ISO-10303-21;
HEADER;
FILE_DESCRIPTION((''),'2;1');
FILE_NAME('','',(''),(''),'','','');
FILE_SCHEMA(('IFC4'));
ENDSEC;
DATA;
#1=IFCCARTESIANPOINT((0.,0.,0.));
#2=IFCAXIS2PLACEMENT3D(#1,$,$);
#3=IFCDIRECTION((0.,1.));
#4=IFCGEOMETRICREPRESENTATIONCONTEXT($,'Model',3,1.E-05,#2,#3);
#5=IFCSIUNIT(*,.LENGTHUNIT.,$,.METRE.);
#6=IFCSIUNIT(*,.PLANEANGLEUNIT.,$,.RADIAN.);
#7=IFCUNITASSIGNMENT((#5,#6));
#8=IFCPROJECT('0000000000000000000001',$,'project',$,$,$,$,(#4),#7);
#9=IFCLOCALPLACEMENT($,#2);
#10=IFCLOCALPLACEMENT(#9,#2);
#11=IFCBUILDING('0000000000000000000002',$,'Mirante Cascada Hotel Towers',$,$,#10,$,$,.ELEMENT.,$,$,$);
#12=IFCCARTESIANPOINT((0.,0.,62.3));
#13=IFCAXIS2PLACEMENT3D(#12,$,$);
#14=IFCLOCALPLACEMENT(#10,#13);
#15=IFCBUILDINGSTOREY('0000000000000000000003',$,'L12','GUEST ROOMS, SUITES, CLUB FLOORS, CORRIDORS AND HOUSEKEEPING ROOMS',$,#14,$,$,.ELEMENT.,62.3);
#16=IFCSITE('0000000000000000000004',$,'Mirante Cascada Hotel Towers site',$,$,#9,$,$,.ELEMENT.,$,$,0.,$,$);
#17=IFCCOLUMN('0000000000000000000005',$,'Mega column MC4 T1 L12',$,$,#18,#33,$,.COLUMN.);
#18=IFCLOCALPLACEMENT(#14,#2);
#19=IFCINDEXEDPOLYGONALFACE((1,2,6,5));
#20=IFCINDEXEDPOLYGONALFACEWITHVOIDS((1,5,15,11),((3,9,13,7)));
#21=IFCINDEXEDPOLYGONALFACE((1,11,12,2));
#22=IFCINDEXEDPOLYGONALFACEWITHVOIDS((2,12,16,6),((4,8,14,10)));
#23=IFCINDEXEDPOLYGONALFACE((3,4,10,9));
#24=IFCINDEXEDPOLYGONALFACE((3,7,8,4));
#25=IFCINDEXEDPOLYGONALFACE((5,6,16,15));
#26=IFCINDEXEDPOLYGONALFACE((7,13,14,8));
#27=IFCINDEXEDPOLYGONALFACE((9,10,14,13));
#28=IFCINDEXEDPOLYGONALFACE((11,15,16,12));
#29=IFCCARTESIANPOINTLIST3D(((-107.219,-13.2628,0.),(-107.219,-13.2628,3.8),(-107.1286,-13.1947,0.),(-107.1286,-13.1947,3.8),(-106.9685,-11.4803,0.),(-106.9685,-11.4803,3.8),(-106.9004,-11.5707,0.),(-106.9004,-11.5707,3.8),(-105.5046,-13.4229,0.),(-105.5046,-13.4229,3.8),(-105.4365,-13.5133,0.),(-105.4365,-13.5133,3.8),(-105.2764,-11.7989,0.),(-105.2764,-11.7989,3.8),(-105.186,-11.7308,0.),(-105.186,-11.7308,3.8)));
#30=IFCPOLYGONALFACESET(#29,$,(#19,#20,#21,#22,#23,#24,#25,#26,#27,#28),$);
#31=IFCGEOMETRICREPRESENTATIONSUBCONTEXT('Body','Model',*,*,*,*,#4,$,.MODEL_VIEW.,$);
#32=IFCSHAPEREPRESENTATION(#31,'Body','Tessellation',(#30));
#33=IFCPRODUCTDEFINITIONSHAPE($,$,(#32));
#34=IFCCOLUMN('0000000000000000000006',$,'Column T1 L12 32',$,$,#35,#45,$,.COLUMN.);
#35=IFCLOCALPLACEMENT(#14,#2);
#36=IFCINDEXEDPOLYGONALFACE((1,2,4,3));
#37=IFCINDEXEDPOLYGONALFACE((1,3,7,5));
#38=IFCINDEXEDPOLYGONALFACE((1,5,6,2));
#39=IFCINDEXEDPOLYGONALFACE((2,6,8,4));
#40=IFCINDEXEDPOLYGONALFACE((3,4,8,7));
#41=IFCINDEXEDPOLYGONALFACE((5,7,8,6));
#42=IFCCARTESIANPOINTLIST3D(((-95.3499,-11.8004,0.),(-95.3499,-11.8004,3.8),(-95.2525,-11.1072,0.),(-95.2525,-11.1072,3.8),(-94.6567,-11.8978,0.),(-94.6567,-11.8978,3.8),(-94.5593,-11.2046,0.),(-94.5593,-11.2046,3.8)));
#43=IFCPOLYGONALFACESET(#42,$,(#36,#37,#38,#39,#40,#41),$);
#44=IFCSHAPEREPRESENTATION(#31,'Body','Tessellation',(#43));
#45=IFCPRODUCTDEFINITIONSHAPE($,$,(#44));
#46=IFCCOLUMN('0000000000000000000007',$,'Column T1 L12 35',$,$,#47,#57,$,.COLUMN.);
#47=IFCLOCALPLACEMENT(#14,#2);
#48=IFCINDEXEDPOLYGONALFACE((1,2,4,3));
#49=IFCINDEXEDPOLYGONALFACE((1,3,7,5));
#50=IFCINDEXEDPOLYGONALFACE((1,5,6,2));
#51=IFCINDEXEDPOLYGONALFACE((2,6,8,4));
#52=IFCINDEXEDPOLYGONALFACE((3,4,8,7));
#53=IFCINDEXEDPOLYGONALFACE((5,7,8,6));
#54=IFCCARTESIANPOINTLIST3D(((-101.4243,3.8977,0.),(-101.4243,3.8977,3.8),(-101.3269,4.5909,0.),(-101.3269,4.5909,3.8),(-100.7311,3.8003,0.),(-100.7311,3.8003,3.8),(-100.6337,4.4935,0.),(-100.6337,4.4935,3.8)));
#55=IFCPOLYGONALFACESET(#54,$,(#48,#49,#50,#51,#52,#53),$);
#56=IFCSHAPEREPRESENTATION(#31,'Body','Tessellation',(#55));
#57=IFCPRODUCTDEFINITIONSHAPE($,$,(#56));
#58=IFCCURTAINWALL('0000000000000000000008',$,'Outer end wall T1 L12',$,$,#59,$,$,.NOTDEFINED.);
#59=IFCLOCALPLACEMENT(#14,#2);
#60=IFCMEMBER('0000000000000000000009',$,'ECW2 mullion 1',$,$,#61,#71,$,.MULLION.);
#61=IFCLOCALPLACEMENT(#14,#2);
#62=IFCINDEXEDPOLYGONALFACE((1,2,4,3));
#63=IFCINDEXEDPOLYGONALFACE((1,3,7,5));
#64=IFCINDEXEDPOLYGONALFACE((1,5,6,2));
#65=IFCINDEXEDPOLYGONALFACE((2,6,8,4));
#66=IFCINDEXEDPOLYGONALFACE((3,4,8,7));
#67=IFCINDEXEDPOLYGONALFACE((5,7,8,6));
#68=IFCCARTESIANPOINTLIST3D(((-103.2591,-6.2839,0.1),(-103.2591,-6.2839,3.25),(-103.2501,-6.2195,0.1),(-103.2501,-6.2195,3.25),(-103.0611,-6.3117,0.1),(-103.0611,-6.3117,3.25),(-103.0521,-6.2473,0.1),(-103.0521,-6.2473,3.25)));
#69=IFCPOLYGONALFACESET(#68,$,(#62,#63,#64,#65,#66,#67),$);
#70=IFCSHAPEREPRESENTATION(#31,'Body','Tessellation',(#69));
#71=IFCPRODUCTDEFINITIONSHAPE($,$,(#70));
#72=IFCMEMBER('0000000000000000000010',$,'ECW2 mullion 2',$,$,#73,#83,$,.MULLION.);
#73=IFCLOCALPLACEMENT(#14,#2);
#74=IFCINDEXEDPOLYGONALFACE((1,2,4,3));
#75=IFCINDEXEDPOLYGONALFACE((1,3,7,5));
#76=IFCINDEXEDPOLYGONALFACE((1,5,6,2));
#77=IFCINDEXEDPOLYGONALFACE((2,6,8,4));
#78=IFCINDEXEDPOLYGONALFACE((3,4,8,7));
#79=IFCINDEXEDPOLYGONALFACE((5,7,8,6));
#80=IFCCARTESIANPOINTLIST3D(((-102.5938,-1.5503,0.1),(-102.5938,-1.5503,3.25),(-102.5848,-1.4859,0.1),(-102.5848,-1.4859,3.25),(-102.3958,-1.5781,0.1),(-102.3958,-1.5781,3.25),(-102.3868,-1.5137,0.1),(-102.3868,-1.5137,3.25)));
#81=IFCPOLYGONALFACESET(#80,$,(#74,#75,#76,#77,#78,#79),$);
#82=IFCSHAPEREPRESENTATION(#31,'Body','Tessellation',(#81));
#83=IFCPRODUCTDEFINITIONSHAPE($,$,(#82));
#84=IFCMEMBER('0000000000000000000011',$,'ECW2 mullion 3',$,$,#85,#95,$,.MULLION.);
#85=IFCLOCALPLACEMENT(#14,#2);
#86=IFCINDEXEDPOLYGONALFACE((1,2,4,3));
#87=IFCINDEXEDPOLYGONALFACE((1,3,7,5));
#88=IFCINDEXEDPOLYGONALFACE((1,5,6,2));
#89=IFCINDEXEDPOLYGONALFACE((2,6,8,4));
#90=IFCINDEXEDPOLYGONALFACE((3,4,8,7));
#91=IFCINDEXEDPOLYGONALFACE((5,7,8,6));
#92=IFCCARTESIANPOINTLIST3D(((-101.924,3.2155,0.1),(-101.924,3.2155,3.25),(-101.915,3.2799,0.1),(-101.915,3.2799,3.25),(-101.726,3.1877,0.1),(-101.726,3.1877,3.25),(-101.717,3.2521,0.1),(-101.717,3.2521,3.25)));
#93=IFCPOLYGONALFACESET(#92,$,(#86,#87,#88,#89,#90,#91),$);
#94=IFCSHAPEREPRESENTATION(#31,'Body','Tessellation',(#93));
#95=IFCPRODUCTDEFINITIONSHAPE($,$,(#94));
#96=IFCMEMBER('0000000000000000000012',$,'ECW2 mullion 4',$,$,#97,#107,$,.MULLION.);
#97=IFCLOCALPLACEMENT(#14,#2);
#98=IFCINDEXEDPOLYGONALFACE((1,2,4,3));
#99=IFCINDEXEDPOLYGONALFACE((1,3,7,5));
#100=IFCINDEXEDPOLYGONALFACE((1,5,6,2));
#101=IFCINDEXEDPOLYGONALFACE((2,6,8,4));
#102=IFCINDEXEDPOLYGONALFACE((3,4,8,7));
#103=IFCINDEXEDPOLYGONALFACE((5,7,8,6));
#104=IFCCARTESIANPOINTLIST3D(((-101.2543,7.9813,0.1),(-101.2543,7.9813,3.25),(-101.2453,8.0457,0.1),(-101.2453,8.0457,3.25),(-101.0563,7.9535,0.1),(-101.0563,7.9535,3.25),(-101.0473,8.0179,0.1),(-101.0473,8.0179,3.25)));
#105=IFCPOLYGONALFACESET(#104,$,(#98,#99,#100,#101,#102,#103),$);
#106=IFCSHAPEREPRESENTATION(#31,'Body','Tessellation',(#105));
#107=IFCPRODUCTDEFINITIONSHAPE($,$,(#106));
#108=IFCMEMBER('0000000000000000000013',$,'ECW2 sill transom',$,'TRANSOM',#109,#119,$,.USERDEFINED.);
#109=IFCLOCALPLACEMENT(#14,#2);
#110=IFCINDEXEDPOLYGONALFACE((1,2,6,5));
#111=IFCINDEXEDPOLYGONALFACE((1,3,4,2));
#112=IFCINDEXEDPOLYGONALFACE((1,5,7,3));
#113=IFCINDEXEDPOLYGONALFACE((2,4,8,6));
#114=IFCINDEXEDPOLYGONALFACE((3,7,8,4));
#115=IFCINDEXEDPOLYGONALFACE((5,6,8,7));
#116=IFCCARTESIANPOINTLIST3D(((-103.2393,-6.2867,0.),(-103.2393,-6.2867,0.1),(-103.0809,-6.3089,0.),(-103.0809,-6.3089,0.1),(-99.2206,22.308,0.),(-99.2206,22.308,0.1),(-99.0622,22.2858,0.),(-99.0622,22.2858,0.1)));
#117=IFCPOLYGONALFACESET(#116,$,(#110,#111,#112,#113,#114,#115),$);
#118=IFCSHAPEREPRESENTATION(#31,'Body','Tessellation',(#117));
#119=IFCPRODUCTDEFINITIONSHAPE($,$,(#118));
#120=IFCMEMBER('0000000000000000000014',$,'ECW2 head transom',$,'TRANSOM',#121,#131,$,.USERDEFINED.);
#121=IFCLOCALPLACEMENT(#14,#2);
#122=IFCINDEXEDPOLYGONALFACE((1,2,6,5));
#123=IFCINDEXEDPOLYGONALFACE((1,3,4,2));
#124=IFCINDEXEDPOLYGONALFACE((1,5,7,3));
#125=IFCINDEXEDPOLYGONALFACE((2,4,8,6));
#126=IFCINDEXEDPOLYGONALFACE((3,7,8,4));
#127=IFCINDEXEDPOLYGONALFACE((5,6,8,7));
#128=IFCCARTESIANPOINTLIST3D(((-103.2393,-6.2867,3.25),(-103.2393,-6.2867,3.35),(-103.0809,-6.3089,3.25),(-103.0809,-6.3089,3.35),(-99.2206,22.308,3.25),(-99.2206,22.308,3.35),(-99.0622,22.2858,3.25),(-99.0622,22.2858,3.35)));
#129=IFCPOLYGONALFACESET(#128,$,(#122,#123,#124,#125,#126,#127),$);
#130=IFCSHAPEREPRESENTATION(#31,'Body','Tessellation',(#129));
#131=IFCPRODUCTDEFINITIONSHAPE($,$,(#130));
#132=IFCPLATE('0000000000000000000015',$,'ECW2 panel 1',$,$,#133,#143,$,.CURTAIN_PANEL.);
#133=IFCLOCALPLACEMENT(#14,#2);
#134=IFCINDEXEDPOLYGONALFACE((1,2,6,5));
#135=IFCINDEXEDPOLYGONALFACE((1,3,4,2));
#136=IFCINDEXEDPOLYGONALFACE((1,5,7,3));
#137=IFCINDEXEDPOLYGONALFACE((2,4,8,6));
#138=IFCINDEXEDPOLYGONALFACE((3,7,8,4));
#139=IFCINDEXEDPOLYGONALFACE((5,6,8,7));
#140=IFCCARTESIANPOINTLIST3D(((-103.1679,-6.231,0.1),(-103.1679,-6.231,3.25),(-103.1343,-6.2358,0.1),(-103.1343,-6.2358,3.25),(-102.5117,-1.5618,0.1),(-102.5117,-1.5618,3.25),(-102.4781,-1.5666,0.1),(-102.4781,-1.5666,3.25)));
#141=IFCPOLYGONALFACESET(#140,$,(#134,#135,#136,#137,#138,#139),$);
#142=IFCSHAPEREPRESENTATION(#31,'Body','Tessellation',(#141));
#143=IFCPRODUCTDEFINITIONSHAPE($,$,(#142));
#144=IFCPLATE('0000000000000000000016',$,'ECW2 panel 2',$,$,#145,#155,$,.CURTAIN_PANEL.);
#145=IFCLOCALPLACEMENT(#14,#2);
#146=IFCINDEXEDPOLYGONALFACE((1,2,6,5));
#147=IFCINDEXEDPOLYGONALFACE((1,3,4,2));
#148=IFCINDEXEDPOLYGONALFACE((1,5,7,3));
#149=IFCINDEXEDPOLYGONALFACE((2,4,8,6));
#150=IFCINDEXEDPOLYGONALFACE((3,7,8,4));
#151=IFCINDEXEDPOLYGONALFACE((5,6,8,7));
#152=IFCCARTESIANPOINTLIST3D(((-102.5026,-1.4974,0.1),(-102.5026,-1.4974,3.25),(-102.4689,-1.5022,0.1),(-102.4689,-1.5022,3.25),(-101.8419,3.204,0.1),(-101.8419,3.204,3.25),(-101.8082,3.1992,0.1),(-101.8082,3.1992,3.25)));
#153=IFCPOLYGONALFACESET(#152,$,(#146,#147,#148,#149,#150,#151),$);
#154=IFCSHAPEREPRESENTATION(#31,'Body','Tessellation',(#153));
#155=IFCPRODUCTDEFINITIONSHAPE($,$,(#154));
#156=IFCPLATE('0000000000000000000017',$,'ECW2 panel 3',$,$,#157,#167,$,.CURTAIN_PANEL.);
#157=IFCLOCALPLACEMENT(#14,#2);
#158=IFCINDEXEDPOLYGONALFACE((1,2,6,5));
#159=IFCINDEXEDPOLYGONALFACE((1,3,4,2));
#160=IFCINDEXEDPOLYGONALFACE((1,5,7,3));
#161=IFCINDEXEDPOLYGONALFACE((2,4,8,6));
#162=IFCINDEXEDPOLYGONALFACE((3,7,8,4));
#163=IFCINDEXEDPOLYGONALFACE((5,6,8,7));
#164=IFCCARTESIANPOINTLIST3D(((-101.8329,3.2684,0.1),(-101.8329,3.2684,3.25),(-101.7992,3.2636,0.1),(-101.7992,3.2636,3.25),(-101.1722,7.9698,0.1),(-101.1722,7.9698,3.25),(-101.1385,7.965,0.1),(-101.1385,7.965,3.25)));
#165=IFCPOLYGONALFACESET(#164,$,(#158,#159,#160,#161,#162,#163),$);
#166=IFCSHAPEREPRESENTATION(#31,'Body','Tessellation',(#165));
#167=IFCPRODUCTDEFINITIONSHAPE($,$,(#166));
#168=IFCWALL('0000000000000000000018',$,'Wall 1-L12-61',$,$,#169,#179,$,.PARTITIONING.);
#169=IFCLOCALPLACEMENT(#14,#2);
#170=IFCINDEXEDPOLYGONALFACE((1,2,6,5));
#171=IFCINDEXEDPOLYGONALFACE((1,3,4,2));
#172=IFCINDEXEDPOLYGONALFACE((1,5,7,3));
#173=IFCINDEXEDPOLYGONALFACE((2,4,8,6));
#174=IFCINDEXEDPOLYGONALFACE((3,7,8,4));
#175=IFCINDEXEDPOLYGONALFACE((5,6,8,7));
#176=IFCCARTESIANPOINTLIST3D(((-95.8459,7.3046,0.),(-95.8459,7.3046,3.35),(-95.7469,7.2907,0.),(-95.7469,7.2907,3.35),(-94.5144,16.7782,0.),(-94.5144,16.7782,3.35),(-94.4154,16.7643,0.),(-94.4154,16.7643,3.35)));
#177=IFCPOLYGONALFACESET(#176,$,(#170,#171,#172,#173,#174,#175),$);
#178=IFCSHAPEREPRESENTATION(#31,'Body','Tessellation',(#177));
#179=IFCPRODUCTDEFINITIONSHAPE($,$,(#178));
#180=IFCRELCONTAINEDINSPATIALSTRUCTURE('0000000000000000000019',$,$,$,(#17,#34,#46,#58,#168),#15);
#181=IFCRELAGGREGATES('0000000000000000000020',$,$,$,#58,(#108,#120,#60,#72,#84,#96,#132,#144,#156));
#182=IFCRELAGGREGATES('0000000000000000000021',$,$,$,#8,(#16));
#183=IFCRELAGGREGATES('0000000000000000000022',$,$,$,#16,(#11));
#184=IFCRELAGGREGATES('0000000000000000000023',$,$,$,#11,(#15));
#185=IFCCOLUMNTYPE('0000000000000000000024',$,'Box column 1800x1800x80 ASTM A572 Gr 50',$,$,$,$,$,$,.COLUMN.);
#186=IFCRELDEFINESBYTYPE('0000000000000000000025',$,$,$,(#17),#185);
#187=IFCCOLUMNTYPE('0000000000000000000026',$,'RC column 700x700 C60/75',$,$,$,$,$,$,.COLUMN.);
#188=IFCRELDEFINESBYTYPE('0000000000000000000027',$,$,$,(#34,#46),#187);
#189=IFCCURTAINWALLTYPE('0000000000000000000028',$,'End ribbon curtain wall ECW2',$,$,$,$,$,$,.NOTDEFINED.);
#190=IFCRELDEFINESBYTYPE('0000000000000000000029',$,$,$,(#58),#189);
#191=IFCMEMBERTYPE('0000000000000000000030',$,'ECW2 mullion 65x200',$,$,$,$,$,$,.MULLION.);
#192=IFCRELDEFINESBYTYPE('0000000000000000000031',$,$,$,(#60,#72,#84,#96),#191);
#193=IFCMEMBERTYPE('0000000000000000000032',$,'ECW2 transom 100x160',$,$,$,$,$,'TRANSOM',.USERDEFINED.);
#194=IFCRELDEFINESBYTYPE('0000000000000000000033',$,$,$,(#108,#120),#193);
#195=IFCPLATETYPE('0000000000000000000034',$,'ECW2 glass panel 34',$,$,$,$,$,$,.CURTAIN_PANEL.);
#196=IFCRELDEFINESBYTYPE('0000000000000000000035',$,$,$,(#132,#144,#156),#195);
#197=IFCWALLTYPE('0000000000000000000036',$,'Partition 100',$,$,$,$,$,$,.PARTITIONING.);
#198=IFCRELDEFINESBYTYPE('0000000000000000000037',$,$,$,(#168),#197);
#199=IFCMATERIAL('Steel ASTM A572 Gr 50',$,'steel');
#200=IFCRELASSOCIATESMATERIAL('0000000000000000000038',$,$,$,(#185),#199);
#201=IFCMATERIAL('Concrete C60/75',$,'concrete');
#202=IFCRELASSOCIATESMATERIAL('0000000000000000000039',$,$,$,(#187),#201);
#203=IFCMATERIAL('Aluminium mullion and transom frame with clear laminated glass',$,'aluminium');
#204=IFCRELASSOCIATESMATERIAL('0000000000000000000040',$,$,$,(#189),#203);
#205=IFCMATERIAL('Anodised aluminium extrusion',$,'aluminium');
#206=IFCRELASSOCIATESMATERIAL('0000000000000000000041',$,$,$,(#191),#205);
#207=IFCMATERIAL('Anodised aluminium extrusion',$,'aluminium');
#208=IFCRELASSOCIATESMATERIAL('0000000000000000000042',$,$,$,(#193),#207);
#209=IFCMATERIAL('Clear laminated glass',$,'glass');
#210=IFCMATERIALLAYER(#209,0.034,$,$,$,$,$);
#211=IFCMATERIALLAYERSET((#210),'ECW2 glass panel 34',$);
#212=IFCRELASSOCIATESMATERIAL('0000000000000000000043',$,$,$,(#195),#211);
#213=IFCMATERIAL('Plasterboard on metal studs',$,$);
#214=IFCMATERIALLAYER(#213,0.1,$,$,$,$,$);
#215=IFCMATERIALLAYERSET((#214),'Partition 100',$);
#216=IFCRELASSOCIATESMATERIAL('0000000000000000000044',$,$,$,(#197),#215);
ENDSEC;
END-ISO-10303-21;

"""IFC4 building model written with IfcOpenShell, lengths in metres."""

from ifc_helpers import new_model, si_unit, direction, frame, frame_2d, origin, origin_2d, place, context, subcontext, project, spatial, rectangle, hollow_rectangle, extrude, material, layer, layer_set, material_profile, profile_set, type_object, element, aggregate, save


model = new_model("IFC4")

# Units and contexts
model_context = context("Model", 3, precision=1e-05, world=origin(), true_north=direction((0.0, 1.0)))
body_context = subcontext(model_context, "Body", "Model", "MODEL_VIEW")
ifc_project = project(units=[si_unit("LENGTHUNIT", "METRE"), si_unit("PLANEANGLEUNIT", "RADIAN")], contexts=[model_context])

# Site, building, storey
site_placement = place(None, origin())
site = spatial("IfcSite", under=ifc_project, at=site_placement, Name="Mirante Cascada Hotel Towers site", CompositionType="ELEMENT", RefElevation=0.0)
building_placement = place(site_placement, origin())
building = spatial("IfcBuilding", under=site, at=building_placement, Name="Mirante Cascada Hotel Towers", CompositionType="ELEMENT")
storey_placement = place(building_placement, frame((0.0, 0.0, 62.3)))
storey = spatial("IfcBuildingStorey", under=building, at=storey_placement, Name="L12", Description="GUEST ROOMS, SUITES, CLUB FLOORS, CORRIDORS AND HOUSEKEEPING ROOMS", CompositionType="ELEMENT", Elevation=62.3)

# Columns
ifc_material_1 = material(Name="Steel ASTM A572 Gr 50", Category="steel")
ifc_material_profile_1 = material_profile(ifc_material_1, hollow_rectangle(XDim=1.8, YDim=1.8, WallThickness=0.08, at=origin_2d()), Name="Box column 1800x1800x80 ASTM A572 Gr 50")
ifc_profile_set_1 = profile_set([ifc_material_profile_1], Name="Steel ASTM A572 Gr 50")
column_type_1 = type_object("IfcColumnType", Name="Box column 1800x1800x80 ASTM A572 Gr 50", PredefinedType="COLUMN", material=ifc_profile_set_1)
column_placement = place(storey_placement, frame((-106.2025, -12.4968, 0.0), z_axis=(0.0, 0.0, 1.0), x_axis=(-0.990268, 0.139173, 0.0)))
element("IfcColumn", 1, at=column_placement, inside=storey, type_object=column_type_1, Name="Mega column MC4 T1 L12", PredefinedType="COLUMN", context=body_context, shape_type="SweptSolid", body=[
    extrude(hollow_rectangle(XDim=1.8, YDim=1.8, WallThickness=0.08, at=origin_2d()), origin(), (0.0, 0.0, 1.0), 3.8),
])
ifc_material_2 = material(Name="Concrete C60/75", Category="concrete")
ifc_material_profile_2 = material_profile(ifc_material_2, rectangle(XDim=0.7, YDim=0.7, at=origin_2d()), Name="RC column 700x700 C60/75")
ifc_profile_set_2 = profile_set([ifc_material_profile_2], Name="Concrete C60/75")
column_type_2 = type_object("IfcColumnType", Name="RC column 700x700 C60/75", PredefinedType="COLUMN", material=ifc_profile_set_2)
for number, where, z_axis, x_axis, name in (
    (2, (-94.9546, -11.5025, 0.0), (0.0, 0.0, 1.0), (-0.990268, 0.139173, 0.0), "Column T1 L12 32"),
    (3, (-101.029, 4.1956, 0.0), (0.0, 0.0, 1.0), (-0.990268, 0.139173, 0.0), "Column T1 L12 35"),
):
    element("IfcColumn", number, at=place(storey_placement, frame(where, z_axis=z_axis, x_axis=x_axis)), inside=storey, type_object=column_type_2, Name=name, PredefinedType="COLUMN", context=body_context, shape_type="SweptSolid", body=[
        extrude(rectangle(XDim=0.7, YDim=0.7, at=origin_2d()), origin(), (0.0, 0.0, 1.0), 3.8),
    ])

# Curtain wall, members, plates
ifc_material_3 = material(Name="Aluminium mullion and transom frame with clear laminated glass", Category="aluminium")
curtain_wall_type = type_object("IfcCurtainWallType", Name="End ribbon curtain wall ECW2", PredefinedType="NOTDEFINED", material=ifc_material_3)
curtain_wall_placement = place(storey_placement, origin())
curtain_wall = element("IfcCurtainWall", 4, at=curtain_wall_placement, inside=storey, type_object=curtain_wall_type, Name="Outer end wall T1 L12", PredefinedType="NOTDEFINED")
ifc_material_4 = material(Name="Anodised aluminium extrusion", Category="aluminium")
ifc_material_profile_3 = material_profile(ifc_material_4, rectangle(XDim=0.2, YDim=0.065, at=origin_2d()), Name="ECW2 MULLION 65x200")
ifc_profile_set_3 = profile_set([ifc_material_profile_3], Name="Anodised aluminium extrusion")
member_type_1 = type_object("IfcMemberType", Name="ECW2 mullion 65x200", PredefinedType="MULLION", material=ifc_profile_set_3)
member_1_placement = place(storey_placement, frame((-103.1556, -6.2656, 0.1), z_axis=(0.0, 0.0, 1.0), x_axis=(-0.990268, 0.139173, 0.0)))
member_1 = element("IfcMember", 5, at=member_1_placement, type_object=member_type_1, Name="ECW2 mullion 1", PredefinedType="MULLION", context=body_context, shape_type="SweptSolid", body=[
    extrude(rectangle(XDim=0.2, YDim=0.065, at=origin_2d()), origin(), (0.0, 0.0, 1.0), 3.15),
])
member_2_placement = place(storey_placement, frame((-102.4903, -1.532, 0.1), z_axis=(0.0, 0.0, 1.0), x_axis=(-0.990268, 0.139173, 0.0)))
member_2 = element("IfcMember", 6, at=member_2_placement, type_object=member_type_1, Name="ECW2 mullion 2", PredefinedType="MULLION", context=body_context, shape_type="SweptSolid", body=[
    extrude(rectangle(XDim=0.2, YDim=0.065, at=origin_2d()), origin(), (0.0, 0.0, 1.0), 3.15),
])
member_3_placement = place(storey_placement, frame((-101.8205, 3.2338, 0.1), z_axis=(0.0, 0.0, 1.0), x_axis=(-0.990268, 0.139173, 0.0)))
member_3 = element("IfcMember", 7, at=member_3_placement, type_object=member_type_1, Name="ECW2 mullion 3", PredefinedType="MULLION", context=body_context, shape_type="SweptSolid", body=[
    extrude(rectangle(XDim=0.2, YDim=0.065, at=origin_2d()), origin(), (0.0, 0.0, 1.0), 3.15),
])
member_4_placement = place(storey_placement, frame((-101.1508, 7.9996, 0.1), z_axis=(0.0, 0.0, 1.0), x_axis=(-0.990268, 0.139173, 0.0)))
member_4 = element("IfcMember", 8, at=member_4_placement, type_object=member_type_1, Name="ECW2 mullion 4", PredefinedType="MULLION", context=body_context, shape_type="SweptSolid", body=[
    extrude(rectangle(XDim=0.2, YDim=0.065, at=origin_2d()), origin(), (0.0, 0.0, 1.0), 3.15),
])
ifc_material_5 = material(Name="Anodised aluminium extrusion", Category="aluminium")
ifc_material_profile_4 = material_profile(ifc_material_5, rectangle(XDim=0.16, YDim=0.1, at=origin_2d()), Name="ECW2 TRANSOM 100x160")
ifc_profile_set_4 = profile_set([ifc_material_profile_4], Name="Anodised aluminium extrusion")
member_type_2 = type_object("IfcMemberType", Name="ECW2 transom 100x160", ElementType="TRANSOM", PredefinedType="USERDEFINED", material=ifc_profile_set_4)
member_5_placement = place(storey_placement, frame((-103.1601, -6.2978, 0.05), z_axis=(0.139172, 0.990268, 0.0), x_axis=(-0.990268, 0.139172, 0.0)))
member_5 = element("IfcMember", 9, at=member_5_placement, type_object=member_type_2, Name="ECW2 sill transom", ObjectType="TRANSOM", PredefinedType="USERDEFINED", context=body_context, shape_type="SweptSolid", body=[
    extrude(rectangle(XDim=0.16, YDim=0.1, at=origin_2d()), origin(), (0.0, 0.0, 1.0), 28.8757),
])
member_6_placement = place(storey_placement, frame((-103.1601, -6.2978, 3.3), z_axis=(0.139172, 0.990268, 0.0), x_axis=(-0.990268, 0.139172, 0.0)))
member_6 = element("IfcMember", 10, at=member_6_placement, type_object=member_type_2, Name="ECW2 head transom", ObjectType="TRANSOM", PredefinedType="USERDEFINED", context=body_context, shape_type="SweptSolid", body=[
    extrude(rectangle(XDim=0.16, YDim=0.1, at=origin_2d()), origin(), (0.0, 0.0, 1.0), 28.8757),
])
ifc_material_6 = material(Name="Clear laminated glass", Category="glass")
ifc_layer_1 = layer(ifc_material_6, 0.034)
ifc_layer_set_1 = layer_set([ifc_layer_1], Name="ECW2 glass panel 34")
plate_type = type_object("IfcPlateType", Name="ECW2 glass panel 34", PredefinedType="CURTAIN_PANEL", material=ifc_layer_set_1)
plate_1_placement = place(storey_placement, frame((-102.823, -3.8988, 0.1), z_axis=(0.0, 0.0, 1.0), x_axis=(0.139173, 0.990268, 0.0)))
plate_1 = element("IfcPlate", 11, at=plate_1_placement, type_object=plate_type, Name="ECW2 panel 1", PredefinedType="CURTAIN_PANEL", context=body_context, shape_type="SweptSolid", body=[
    extrude(rectangle(XDim=4.7151, YDim=0.034, at=origin_2d()), origin(), (0.0, 0.0, 1.0), 3.15),
])
plate_2_placement = place(storey_placement, frame((-102.1554, 0.8509, 0.1), z_axis=(0.0, 0.0, 1.0), x_axis=(0.139173, 0.990268, 0.0)))
plate_2 = element("IfcPlate", 12, at=plate_2_placement, type_object=plate_type, Name="ECW2 panel 2", PredefinedType="CURTAIN_PANEL", context=body_context, shape_type="SweptSolid", body=[
    extrude(rectangle(XDim=4.7476, YDim=0.034, at=origin_2d()), origin(), (0.0, 0.0, 1.0), 3.15),
])
plate_3_placement = place(storey_placement, frame((-101.4857, 5.6167, 0.1), z_axis=(0.0, 0.0, 1.0), x_axis=(0.139173, 0.990268, 0.0)))
plate_3 = element("IfcPlate", 13, at=plate_3_placement, type_object=plate_type, Name="ECW2 panel 3", PredefinedType="CURTAIN_PANEL", context=body_context, shape_type="SweptSolid", body=[
    extrude(rectangle(XDim=4.7476, YDim=0.034, at=origin_2d()), origin(), (0.0, 0.0, 1.0), 3.15),
])
aggregate(curtain_wall, [member_5, member_6, member_1, member_2, member_3, member_4, plate_1, plate_2, plate_3])

# Wall
ifc_material_7 = material(Name="Plasterboard on metal studs")
ifc_layer_2 = layer(ifc_material_7, 0.1)
ifc_layer_set_2 = layer_set([ifc_layer_2], Name="Partition 100")
wall_type_1 = type_object("IfcWallType", Name="Partition 100", PredefinedType="PARTITIONING", material=ifc_layer_set_2)
wall_1_placement = place(storey_placement, frame((-95.7964, 7.2976, 0.0), z_axis=(0.0, 0.0, 1.0), x_axis=(0.139181, 0.990267, 0.0)))
element("IfcWall", 14, at=wall_1_placement, inside=storey, type_object=wall_type_1, Name="Wall 1-L12-61", PredefinedType="PARTITIONING", context=body_context, shape_type="SweptSolid", body=[
    extrude(rectangle(XDim=9.5667, YDim=0.1, at=frame_2d((4.7834, 0.0))), origin(), (0.0, 0.0, 1.0), 3.35),
])

save(model, "model.ifc")
